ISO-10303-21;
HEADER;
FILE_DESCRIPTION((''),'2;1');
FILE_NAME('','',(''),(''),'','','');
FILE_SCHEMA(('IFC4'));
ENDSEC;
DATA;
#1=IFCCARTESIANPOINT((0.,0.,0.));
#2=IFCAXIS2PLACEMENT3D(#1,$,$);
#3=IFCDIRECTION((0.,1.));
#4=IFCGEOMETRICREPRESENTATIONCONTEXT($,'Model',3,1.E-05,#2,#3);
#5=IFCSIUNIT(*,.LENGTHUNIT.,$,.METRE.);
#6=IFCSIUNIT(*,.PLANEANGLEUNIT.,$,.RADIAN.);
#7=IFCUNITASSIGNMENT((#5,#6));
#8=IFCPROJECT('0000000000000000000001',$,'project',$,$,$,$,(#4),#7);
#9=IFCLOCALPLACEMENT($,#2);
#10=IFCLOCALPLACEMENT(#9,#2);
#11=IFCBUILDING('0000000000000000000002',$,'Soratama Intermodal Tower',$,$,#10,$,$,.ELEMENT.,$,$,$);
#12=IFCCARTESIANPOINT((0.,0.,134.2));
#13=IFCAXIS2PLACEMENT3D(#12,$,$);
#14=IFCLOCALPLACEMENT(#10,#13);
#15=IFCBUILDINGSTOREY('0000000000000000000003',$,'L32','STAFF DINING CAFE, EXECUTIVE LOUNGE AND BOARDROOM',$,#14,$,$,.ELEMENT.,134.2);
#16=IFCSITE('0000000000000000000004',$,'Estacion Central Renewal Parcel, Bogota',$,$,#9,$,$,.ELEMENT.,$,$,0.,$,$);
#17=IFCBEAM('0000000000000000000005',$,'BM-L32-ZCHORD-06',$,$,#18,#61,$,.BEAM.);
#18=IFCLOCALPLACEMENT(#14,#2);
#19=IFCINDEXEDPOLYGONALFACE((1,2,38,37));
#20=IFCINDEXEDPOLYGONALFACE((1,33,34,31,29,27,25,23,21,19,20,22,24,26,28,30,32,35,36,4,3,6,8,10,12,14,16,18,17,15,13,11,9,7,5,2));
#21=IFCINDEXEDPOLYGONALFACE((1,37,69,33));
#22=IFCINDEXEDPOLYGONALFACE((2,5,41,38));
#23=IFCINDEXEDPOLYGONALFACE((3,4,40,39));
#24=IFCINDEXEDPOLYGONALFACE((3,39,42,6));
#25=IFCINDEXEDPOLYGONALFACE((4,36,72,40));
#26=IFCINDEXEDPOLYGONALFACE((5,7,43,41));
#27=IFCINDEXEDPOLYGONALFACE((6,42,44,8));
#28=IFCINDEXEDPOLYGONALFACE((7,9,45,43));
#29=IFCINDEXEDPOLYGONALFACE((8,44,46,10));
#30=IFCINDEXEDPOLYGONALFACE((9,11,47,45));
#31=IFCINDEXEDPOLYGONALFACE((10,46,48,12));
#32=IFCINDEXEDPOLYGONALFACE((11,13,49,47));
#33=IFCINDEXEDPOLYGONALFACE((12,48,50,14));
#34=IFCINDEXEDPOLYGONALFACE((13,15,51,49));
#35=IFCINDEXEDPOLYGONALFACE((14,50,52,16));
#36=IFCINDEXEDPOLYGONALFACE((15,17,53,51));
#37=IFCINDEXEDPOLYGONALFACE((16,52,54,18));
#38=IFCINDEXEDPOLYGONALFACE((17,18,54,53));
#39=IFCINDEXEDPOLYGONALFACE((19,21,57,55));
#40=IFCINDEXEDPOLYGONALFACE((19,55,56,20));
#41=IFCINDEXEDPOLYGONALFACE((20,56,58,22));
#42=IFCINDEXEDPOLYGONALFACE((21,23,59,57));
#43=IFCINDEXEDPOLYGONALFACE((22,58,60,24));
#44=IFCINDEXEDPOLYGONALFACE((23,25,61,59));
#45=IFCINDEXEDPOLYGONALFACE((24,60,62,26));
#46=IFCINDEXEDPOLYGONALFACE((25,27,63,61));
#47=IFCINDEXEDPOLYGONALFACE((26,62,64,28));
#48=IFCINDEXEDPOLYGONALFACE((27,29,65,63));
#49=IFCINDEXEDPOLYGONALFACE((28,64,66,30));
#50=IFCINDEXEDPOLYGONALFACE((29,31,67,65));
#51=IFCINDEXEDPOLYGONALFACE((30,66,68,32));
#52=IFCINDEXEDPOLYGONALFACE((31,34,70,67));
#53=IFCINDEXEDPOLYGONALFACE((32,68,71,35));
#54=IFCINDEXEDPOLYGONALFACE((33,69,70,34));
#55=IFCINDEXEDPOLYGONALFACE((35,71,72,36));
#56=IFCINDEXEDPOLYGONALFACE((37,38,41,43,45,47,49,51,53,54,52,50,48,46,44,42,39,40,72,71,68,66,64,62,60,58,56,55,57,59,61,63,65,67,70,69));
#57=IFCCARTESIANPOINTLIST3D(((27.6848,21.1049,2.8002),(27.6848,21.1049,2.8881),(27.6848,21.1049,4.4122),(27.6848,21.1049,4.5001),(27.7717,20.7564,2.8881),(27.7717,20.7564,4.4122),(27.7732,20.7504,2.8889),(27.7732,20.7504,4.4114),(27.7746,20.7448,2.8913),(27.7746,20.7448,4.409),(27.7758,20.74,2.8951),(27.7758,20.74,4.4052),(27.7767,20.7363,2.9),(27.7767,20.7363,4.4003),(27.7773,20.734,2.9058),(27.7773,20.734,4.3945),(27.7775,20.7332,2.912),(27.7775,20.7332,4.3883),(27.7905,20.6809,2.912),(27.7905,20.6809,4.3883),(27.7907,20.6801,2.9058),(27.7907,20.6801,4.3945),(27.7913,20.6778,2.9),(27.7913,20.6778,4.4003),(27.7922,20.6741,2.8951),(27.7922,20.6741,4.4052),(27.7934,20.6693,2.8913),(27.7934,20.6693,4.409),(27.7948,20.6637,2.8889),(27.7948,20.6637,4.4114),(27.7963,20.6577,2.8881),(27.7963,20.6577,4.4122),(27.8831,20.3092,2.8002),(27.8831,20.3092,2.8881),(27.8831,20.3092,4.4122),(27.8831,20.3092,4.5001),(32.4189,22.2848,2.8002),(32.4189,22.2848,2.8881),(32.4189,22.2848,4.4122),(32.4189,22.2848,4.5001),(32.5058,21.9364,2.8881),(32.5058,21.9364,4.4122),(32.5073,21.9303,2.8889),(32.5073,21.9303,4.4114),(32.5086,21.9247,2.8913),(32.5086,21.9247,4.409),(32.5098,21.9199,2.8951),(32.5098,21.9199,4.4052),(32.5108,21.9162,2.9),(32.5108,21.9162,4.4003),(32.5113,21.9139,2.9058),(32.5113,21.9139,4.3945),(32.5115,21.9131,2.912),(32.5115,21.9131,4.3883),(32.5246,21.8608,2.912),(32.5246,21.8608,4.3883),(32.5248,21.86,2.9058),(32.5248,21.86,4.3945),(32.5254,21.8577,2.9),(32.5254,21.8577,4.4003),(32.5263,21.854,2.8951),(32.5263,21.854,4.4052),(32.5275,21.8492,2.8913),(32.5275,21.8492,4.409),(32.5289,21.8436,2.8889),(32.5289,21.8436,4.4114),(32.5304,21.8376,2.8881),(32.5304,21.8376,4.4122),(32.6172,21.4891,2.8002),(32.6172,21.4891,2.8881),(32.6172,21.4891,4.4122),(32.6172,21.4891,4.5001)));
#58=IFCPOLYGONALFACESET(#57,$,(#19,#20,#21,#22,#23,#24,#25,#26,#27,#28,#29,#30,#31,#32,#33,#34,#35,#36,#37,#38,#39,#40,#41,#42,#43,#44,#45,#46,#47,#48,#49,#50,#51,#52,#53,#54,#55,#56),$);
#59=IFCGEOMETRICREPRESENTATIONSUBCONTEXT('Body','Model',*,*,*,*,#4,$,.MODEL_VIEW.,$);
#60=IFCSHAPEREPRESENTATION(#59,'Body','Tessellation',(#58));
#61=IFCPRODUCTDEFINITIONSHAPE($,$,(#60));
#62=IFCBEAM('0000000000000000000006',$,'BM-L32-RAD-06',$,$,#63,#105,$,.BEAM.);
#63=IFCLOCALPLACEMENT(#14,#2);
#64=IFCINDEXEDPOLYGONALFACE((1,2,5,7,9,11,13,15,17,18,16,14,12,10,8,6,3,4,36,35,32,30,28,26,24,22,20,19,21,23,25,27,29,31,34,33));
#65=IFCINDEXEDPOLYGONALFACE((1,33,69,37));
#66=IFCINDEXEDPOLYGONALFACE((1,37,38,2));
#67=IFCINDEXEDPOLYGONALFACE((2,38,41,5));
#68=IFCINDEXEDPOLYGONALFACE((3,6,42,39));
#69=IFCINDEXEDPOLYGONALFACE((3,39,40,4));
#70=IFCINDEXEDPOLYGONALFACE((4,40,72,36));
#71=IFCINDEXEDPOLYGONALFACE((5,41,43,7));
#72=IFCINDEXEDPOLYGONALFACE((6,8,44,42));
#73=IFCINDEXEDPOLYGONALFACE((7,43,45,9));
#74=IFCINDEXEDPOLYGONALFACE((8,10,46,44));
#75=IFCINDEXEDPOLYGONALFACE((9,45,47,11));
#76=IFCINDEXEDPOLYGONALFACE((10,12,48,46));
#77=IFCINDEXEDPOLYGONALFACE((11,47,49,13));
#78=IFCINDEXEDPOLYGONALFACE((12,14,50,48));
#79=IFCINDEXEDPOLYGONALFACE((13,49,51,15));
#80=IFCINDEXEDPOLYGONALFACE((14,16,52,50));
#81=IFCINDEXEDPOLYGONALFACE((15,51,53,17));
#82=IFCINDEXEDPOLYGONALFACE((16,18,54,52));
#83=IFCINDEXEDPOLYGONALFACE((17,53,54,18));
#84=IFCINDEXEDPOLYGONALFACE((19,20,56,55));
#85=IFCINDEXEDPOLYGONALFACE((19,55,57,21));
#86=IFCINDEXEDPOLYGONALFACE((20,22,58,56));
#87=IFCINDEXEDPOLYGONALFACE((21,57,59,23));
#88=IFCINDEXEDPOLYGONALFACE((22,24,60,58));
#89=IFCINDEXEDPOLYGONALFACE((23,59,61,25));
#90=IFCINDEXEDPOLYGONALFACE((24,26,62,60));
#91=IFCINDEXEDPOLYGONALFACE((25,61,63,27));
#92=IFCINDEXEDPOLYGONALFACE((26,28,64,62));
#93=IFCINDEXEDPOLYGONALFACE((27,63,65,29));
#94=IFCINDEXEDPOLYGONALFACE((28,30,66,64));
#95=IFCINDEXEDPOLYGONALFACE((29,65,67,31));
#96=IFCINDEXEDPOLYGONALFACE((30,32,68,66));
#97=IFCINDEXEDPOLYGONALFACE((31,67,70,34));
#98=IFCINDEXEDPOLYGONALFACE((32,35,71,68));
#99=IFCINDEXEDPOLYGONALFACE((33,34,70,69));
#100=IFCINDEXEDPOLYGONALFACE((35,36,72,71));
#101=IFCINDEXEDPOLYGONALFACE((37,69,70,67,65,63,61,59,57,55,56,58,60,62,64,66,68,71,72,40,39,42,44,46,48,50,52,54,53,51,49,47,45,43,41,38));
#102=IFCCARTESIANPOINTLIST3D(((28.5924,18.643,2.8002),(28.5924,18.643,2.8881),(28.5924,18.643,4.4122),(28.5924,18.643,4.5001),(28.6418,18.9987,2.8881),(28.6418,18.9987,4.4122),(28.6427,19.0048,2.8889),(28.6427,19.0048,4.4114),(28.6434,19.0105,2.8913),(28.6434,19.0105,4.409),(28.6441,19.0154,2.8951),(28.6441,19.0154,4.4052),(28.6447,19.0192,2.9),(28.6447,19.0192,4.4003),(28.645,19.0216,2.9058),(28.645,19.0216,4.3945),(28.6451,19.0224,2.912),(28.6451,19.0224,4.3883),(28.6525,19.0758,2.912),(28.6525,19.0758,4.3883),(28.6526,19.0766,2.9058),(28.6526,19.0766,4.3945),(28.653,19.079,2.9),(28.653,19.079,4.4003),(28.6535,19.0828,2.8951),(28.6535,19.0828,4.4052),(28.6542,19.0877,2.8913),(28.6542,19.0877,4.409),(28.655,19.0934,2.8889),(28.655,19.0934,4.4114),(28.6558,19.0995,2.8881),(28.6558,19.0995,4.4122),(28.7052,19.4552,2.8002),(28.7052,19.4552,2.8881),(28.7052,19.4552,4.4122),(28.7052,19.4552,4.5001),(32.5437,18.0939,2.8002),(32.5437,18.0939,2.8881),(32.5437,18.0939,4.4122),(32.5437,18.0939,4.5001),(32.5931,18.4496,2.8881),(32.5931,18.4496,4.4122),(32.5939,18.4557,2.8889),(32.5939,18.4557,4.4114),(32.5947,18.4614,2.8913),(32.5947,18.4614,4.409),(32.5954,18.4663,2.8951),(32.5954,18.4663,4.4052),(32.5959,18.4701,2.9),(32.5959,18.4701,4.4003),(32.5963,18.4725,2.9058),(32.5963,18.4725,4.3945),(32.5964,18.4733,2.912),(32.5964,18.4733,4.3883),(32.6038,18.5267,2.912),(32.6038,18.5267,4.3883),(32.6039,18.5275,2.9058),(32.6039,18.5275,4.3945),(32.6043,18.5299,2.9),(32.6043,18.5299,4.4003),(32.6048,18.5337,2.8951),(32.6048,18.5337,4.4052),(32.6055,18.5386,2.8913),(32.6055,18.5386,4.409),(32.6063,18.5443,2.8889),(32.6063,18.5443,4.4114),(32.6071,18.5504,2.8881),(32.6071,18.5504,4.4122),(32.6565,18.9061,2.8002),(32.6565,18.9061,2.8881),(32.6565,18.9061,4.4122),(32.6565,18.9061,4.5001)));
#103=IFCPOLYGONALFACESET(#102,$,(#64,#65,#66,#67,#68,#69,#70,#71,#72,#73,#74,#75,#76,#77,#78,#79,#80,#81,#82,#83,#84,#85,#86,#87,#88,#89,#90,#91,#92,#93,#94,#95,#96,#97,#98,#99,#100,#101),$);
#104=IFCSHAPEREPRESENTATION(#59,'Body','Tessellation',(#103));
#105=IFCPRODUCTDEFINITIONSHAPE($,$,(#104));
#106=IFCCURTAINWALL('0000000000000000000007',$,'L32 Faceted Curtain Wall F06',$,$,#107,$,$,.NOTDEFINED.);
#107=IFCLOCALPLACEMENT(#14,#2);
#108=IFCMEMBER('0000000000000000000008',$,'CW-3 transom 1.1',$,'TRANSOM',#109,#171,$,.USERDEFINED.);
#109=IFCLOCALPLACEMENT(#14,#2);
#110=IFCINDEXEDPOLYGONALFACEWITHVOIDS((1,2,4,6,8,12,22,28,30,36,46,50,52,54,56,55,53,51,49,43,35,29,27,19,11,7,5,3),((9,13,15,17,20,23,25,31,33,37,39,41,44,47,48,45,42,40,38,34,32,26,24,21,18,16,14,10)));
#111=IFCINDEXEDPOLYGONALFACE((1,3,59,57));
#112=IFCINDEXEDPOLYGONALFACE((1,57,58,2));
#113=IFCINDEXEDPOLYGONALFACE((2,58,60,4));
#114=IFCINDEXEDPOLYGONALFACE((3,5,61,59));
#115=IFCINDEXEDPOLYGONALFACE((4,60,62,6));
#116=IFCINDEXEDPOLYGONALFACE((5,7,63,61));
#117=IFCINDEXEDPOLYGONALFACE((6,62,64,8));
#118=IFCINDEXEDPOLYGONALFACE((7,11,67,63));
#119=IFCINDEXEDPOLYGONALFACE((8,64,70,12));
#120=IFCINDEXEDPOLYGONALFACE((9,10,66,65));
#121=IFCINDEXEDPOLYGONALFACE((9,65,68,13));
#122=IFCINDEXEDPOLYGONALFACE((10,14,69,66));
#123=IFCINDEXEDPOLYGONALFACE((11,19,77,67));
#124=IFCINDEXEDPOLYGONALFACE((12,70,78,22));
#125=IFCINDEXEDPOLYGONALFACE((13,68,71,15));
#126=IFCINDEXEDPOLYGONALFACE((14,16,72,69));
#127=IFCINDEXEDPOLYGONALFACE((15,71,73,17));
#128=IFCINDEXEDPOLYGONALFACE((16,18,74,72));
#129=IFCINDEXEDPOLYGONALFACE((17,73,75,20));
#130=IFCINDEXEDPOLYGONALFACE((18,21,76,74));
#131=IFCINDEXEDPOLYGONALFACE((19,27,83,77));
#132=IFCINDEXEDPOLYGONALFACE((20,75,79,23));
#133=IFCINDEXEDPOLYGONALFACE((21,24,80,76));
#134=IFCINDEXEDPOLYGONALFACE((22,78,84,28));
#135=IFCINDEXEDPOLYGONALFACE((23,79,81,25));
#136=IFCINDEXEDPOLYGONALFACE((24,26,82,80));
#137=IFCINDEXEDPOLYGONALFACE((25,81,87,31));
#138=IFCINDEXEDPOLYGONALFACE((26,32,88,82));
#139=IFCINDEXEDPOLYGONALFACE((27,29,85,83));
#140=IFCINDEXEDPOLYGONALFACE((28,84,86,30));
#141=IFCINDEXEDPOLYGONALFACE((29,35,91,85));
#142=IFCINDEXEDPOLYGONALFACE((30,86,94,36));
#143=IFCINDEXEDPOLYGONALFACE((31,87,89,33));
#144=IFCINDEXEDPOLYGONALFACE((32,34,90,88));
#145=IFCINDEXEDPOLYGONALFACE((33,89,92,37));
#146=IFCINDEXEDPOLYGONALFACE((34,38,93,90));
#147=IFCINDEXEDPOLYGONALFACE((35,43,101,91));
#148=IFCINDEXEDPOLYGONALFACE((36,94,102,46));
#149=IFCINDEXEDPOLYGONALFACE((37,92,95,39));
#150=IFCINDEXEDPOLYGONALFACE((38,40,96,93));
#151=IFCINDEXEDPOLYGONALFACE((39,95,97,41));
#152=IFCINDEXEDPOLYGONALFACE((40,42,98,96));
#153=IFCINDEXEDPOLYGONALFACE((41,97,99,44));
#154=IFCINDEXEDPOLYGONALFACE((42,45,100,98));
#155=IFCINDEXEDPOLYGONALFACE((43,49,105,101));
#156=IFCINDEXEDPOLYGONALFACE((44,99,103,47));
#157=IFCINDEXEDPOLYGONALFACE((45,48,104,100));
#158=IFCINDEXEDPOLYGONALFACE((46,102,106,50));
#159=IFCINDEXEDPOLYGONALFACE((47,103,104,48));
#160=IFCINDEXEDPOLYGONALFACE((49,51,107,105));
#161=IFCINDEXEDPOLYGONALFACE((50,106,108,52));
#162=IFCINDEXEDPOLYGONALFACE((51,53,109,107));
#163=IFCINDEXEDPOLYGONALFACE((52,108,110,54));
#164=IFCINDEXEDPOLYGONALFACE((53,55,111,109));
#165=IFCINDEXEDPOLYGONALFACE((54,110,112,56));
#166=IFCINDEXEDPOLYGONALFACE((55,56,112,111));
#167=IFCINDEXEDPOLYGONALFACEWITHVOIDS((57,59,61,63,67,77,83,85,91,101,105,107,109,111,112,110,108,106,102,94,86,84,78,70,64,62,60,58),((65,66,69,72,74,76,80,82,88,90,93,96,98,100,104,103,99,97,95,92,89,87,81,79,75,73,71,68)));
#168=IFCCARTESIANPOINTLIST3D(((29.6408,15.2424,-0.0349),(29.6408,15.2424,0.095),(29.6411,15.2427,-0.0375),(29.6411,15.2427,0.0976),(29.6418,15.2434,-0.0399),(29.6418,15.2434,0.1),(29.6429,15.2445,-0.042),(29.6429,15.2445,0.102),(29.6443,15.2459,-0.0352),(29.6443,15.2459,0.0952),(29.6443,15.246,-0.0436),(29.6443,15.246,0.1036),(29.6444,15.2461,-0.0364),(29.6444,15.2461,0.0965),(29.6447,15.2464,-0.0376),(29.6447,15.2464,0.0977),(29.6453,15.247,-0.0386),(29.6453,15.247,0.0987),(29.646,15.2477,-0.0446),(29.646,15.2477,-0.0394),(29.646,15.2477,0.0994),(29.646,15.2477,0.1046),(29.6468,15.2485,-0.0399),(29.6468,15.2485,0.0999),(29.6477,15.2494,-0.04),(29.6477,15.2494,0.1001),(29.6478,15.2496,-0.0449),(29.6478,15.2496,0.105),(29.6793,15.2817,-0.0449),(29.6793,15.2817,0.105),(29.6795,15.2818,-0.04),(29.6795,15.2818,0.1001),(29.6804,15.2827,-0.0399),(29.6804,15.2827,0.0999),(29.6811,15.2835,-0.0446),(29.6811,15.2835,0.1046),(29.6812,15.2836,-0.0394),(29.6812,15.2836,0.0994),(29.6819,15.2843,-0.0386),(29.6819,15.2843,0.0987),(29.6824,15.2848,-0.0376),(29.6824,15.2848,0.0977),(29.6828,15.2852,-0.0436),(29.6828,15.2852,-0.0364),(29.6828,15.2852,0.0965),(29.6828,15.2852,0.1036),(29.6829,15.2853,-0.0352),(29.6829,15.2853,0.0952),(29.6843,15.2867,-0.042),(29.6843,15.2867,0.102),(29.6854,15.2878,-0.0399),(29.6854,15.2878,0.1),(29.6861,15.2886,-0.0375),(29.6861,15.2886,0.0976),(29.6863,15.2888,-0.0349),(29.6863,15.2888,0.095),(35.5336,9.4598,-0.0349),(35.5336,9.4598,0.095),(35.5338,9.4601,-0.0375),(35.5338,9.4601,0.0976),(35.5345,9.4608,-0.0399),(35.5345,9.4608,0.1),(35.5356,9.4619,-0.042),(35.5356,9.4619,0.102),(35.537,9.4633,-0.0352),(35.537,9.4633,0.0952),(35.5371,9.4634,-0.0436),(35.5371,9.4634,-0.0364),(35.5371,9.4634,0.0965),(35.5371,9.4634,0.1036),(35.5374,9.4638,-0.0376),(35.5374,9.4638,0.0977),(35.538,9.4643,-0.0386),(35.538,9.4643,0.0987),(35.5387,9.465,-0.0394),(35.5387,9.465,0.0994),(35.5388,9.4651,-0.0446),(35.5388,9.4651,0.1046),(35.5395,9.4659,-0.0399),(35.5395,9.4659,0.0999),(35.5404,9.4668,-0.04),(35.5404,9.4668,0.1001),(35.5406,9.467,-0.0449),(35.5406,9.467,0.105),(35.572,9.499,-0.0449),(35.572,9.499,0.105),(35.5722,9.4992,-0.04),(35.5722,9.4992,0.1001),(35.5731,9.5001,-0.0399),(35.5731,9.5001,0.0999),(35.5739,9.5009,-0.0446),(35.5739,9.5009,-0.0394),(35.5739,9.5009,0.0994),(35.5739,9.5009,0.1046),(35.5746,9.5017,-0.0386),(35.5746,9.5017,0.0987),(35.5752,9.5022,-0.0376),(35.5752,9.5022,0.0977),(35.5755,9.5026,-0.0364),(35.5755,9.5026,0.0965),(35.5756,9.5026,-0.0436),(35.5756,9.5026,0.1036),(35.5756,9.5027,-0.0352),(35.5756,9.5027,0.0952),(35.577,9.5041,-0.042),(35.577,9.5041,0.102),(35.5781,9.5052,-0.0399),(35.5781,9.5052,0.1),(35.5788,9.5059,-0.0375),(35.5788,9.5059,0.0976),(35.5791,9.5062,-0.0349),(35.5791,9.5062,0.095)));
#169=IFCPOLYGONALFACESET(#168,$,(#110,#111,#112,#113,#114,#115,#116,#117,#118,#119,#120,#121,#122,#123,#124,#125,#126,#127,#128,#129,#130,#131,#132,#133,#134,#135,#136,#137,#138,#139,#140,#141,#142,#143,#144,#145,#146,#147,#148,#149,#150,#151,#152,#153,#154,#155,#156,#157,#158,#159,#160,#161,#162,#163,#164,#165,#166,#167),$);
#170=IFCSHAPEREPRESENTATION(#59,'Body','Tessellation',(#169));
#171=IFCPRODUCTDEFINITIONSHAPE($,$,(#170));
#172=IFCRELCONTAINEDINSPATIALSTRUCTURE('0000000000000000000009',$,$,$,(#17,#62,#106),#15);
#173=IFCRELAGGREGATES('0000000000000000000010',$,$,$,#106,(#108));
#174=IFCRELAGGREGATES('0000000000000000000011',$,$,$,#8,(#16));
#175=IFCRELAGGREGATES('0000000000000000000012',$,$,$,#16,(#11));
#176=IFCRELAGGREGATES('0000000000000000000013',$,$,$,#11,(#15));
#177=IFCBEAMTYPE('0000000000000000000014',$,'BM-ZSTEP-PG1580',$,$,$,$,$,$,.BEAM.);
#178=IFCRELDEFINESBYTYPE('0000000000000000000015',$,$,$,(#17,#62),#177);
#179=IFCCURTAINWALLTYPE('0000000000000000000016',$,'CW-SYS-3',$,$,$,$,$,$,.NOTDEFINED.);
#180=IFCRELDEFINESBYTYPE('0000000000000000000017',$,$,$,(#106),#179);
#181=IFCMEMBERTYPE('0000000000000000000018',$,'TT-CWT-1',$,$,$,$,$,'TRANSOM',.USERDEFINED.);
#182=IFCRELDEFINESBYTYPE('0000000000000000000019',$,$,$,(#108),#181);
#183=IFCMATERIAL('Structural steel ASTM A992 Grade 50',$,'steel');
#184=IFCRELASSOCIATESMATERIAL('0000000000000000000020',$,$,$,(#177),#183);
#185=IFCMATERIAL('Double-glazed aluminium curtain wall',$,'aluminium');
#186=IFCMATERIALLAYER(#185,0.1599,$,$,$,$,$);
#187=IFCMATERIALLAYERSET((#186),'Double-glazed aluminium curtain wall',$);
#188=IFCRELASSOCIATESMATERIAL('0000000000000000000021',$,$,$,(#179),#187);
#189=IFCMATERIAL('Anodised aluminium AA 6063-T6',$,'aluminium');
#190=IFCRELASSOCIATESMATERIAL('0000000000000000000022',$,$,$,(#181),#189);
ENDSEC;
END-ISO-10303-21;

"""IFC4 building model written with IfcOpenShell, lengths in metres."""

from ifc_helpers import new_model, si_unit, direction, frame, origin, origin_2d, place, context, subcontext, project, spatial, hollow_rectangle, i_section, extrude, material, layer, layer_set, material_profile, profile_set, type_object, element, aggregate, save


model = new_model("IFC4")

# Units and contexts
model_context = context("Model", 3, precision=1e-05, world=origin(), true_north=direction((0.0, 1.0)))
body_context = subcontext(model_context, "Body", "Model", "MODEL_VIEW")
ifc_project = project(units=[si_unit("LENGTHUNIT", "METRE"), si_unit("PLANEANGLEUNIT", "RADIAN")], contexts=[model_context])

# Site, building, storey
site_placement = place(None, origin())
site = spatial("IfcSite", under=ifc_project, at=site_placement, Name="Estacion Central Renewal Parcel, Bogota", CompositionType="ELEMENT", RefElevation=0.0)
building_placement = place(site_placement, origin())
building = spatial("IfcBuilding", under=site, at=building_placement, Name="Soratama Intermodal Tower", CompositionType="ELEMENT")
storey_placement = place(building_placement, frame((0.0, 0.0, 134.2)))
storey = spatial("IfcBuildingStorey", under=building, at=storey_placement, Name="L32", Description="STAFF DINING CAFE, EXECUTIVE LOUNGE AND BOARDROOM", CompositionType="ELEMENT", Elevation=134.2)

# Beams
ifc_material_1 = material(Name="Structural steel ASTM A992 Grade 50", Category="steel")
ifc_material_profile_1 = material_profile(ifc_material_1, i_section(OverallWidth=0.8201, OverallDepth=1.7, WebThickness=0.054, FlangeThickness=0.0879, FilletRadius=0.0239, at=origin_2d()), Name="PG1580X800")
ifc_profile_set_1 = profile_set([ifc_material_profile_1], Name="Structural steel ASTM A992 Grade 50")
beam_type_1 = type_object("IfcBeamType", Name="BM-ZSTEP-PG1580", PredefinedType="BEAM", material=ifc_profile_set_1)
beam_1_placement = place(storey_placement, frame((32.5181, 21.887, 3.6501), z_axis=(-0.970316, -0.241841, 0.0), x_axis=(0.241841, -0.970316, 0.0)))
element("IfcBeam", 1, at=beam_1_placement, inside=storey, type_object=beam_type_1, Name="BM-L32-ZCHORD-06", PredefinedType="BEAM", context=body_context, shape_type="SweptSolid", body=[
    extrude(i_section(OverallWidth=0.8201, OverallDepth=1.7, WebThickness=0.054, FlangeThickness=0.0879, FilletRadius=0.0239, at=origin_2d()), origin(), (0.0, 0.0, 1.0), 4.8789),
])
beam_2_placement = place(storey_placement, frame((32.6001, 18.5, 3.6501), z_axis=(-0.990482, 0.137642, 0.0), x_axis=(-0.137642, -0.990482, 0.0)))
element("IfcBeam", 2, at=beam_2_placement, inside=storey, type_object=beam_type_1, Name="BM-L32-RAD-06", PredefinedType="BEAM", context=body_context, shape_type="SweptSolid", body=[
    extrude(i_section(OverallWidth=0.8201, OverallDepth=1.7, WebThickness=0.054, FlangeThickness=0.0879, FilletRadius=0.0239, at=origin_2d()), origin(), (0.0, 0.0, 1.0), 3.9893),
])

# Curtain wall, member
ifc_material_2 = material(Name="Double-glazed aluminium curtain wall", Category="aluminium")
ifc_layer_1 = layer(ifc_material_2, 0.1599)
ifc_layer_set_1 = layer_set([ifc_layer_1], Name="Double-glazed aluminium curtain wall")
curtain_wall_type = type_object("IfcCurtainWallType", Name="CW-SYS-3", PredefinedType="NOTDEFINED", material=ifc_layer_set_1)
curtain_wall_placement = place(storey_placement, origin())
curtain_wall = element("IfcCurtainWall", 3, at=curtain_wall_placement, inside=storey, type_object=curtain_wall_type, Name="L32 Faceted Curtain Wall F06", PredefinedType="NOTDEFINED")
ifc_material_3 = material(Name="Anodised aluminium AA 6063-T6", Category="aluminium")
ifc_material_profile_2 = material_profile(ifc_material_3, hollow_rectangle(XDim=0.0649, YDim=0.1499, WallThickness=0.0049, InnerFilletRadius=0.0049, OuterFilletRadius=0.01, at=origin_2d()), Name="CWT150X65X5")
ifc_profile_set_2 = profile_set([ifc_material_profile_2], Name="Anodised aluminium AA 6063-T6")
member_type = type_object("IfcMemberType", Name="TT-CWT-1", ElementType="TRANSOM", PredefinedType="USERDEFINED", material=ifc_profile_set_2)
member_1_placement = place(storey_placement, frame((29.6636, 15.2656, 0.03), z_axis=(0.713743, -0.700407, 0.0), x_axis=(0.700407, 0.713743, 0.0)))
member_1 = element("IfcMember", 4, at=member_1_placement, type_object=member_type, Name="CW-3 transom 1.1", ObjectType="TRANSOM", PredefinedType="USERDEFINED", context=body_context, shape_type="SweptSolid", body=[
    extrude(hollow_rectangle(XDim=0.0649, YDim=0.1499, WallThickness=0.0049, InnerFilletRadius=0.0049, OuterFilletRadius=0.01, at=origin_2d()), origin(), (0.0, 0.0, 1.0), 8.2561),
])
aggregate(curtain_wall, [member_1])

save(model, "model.ifc")
